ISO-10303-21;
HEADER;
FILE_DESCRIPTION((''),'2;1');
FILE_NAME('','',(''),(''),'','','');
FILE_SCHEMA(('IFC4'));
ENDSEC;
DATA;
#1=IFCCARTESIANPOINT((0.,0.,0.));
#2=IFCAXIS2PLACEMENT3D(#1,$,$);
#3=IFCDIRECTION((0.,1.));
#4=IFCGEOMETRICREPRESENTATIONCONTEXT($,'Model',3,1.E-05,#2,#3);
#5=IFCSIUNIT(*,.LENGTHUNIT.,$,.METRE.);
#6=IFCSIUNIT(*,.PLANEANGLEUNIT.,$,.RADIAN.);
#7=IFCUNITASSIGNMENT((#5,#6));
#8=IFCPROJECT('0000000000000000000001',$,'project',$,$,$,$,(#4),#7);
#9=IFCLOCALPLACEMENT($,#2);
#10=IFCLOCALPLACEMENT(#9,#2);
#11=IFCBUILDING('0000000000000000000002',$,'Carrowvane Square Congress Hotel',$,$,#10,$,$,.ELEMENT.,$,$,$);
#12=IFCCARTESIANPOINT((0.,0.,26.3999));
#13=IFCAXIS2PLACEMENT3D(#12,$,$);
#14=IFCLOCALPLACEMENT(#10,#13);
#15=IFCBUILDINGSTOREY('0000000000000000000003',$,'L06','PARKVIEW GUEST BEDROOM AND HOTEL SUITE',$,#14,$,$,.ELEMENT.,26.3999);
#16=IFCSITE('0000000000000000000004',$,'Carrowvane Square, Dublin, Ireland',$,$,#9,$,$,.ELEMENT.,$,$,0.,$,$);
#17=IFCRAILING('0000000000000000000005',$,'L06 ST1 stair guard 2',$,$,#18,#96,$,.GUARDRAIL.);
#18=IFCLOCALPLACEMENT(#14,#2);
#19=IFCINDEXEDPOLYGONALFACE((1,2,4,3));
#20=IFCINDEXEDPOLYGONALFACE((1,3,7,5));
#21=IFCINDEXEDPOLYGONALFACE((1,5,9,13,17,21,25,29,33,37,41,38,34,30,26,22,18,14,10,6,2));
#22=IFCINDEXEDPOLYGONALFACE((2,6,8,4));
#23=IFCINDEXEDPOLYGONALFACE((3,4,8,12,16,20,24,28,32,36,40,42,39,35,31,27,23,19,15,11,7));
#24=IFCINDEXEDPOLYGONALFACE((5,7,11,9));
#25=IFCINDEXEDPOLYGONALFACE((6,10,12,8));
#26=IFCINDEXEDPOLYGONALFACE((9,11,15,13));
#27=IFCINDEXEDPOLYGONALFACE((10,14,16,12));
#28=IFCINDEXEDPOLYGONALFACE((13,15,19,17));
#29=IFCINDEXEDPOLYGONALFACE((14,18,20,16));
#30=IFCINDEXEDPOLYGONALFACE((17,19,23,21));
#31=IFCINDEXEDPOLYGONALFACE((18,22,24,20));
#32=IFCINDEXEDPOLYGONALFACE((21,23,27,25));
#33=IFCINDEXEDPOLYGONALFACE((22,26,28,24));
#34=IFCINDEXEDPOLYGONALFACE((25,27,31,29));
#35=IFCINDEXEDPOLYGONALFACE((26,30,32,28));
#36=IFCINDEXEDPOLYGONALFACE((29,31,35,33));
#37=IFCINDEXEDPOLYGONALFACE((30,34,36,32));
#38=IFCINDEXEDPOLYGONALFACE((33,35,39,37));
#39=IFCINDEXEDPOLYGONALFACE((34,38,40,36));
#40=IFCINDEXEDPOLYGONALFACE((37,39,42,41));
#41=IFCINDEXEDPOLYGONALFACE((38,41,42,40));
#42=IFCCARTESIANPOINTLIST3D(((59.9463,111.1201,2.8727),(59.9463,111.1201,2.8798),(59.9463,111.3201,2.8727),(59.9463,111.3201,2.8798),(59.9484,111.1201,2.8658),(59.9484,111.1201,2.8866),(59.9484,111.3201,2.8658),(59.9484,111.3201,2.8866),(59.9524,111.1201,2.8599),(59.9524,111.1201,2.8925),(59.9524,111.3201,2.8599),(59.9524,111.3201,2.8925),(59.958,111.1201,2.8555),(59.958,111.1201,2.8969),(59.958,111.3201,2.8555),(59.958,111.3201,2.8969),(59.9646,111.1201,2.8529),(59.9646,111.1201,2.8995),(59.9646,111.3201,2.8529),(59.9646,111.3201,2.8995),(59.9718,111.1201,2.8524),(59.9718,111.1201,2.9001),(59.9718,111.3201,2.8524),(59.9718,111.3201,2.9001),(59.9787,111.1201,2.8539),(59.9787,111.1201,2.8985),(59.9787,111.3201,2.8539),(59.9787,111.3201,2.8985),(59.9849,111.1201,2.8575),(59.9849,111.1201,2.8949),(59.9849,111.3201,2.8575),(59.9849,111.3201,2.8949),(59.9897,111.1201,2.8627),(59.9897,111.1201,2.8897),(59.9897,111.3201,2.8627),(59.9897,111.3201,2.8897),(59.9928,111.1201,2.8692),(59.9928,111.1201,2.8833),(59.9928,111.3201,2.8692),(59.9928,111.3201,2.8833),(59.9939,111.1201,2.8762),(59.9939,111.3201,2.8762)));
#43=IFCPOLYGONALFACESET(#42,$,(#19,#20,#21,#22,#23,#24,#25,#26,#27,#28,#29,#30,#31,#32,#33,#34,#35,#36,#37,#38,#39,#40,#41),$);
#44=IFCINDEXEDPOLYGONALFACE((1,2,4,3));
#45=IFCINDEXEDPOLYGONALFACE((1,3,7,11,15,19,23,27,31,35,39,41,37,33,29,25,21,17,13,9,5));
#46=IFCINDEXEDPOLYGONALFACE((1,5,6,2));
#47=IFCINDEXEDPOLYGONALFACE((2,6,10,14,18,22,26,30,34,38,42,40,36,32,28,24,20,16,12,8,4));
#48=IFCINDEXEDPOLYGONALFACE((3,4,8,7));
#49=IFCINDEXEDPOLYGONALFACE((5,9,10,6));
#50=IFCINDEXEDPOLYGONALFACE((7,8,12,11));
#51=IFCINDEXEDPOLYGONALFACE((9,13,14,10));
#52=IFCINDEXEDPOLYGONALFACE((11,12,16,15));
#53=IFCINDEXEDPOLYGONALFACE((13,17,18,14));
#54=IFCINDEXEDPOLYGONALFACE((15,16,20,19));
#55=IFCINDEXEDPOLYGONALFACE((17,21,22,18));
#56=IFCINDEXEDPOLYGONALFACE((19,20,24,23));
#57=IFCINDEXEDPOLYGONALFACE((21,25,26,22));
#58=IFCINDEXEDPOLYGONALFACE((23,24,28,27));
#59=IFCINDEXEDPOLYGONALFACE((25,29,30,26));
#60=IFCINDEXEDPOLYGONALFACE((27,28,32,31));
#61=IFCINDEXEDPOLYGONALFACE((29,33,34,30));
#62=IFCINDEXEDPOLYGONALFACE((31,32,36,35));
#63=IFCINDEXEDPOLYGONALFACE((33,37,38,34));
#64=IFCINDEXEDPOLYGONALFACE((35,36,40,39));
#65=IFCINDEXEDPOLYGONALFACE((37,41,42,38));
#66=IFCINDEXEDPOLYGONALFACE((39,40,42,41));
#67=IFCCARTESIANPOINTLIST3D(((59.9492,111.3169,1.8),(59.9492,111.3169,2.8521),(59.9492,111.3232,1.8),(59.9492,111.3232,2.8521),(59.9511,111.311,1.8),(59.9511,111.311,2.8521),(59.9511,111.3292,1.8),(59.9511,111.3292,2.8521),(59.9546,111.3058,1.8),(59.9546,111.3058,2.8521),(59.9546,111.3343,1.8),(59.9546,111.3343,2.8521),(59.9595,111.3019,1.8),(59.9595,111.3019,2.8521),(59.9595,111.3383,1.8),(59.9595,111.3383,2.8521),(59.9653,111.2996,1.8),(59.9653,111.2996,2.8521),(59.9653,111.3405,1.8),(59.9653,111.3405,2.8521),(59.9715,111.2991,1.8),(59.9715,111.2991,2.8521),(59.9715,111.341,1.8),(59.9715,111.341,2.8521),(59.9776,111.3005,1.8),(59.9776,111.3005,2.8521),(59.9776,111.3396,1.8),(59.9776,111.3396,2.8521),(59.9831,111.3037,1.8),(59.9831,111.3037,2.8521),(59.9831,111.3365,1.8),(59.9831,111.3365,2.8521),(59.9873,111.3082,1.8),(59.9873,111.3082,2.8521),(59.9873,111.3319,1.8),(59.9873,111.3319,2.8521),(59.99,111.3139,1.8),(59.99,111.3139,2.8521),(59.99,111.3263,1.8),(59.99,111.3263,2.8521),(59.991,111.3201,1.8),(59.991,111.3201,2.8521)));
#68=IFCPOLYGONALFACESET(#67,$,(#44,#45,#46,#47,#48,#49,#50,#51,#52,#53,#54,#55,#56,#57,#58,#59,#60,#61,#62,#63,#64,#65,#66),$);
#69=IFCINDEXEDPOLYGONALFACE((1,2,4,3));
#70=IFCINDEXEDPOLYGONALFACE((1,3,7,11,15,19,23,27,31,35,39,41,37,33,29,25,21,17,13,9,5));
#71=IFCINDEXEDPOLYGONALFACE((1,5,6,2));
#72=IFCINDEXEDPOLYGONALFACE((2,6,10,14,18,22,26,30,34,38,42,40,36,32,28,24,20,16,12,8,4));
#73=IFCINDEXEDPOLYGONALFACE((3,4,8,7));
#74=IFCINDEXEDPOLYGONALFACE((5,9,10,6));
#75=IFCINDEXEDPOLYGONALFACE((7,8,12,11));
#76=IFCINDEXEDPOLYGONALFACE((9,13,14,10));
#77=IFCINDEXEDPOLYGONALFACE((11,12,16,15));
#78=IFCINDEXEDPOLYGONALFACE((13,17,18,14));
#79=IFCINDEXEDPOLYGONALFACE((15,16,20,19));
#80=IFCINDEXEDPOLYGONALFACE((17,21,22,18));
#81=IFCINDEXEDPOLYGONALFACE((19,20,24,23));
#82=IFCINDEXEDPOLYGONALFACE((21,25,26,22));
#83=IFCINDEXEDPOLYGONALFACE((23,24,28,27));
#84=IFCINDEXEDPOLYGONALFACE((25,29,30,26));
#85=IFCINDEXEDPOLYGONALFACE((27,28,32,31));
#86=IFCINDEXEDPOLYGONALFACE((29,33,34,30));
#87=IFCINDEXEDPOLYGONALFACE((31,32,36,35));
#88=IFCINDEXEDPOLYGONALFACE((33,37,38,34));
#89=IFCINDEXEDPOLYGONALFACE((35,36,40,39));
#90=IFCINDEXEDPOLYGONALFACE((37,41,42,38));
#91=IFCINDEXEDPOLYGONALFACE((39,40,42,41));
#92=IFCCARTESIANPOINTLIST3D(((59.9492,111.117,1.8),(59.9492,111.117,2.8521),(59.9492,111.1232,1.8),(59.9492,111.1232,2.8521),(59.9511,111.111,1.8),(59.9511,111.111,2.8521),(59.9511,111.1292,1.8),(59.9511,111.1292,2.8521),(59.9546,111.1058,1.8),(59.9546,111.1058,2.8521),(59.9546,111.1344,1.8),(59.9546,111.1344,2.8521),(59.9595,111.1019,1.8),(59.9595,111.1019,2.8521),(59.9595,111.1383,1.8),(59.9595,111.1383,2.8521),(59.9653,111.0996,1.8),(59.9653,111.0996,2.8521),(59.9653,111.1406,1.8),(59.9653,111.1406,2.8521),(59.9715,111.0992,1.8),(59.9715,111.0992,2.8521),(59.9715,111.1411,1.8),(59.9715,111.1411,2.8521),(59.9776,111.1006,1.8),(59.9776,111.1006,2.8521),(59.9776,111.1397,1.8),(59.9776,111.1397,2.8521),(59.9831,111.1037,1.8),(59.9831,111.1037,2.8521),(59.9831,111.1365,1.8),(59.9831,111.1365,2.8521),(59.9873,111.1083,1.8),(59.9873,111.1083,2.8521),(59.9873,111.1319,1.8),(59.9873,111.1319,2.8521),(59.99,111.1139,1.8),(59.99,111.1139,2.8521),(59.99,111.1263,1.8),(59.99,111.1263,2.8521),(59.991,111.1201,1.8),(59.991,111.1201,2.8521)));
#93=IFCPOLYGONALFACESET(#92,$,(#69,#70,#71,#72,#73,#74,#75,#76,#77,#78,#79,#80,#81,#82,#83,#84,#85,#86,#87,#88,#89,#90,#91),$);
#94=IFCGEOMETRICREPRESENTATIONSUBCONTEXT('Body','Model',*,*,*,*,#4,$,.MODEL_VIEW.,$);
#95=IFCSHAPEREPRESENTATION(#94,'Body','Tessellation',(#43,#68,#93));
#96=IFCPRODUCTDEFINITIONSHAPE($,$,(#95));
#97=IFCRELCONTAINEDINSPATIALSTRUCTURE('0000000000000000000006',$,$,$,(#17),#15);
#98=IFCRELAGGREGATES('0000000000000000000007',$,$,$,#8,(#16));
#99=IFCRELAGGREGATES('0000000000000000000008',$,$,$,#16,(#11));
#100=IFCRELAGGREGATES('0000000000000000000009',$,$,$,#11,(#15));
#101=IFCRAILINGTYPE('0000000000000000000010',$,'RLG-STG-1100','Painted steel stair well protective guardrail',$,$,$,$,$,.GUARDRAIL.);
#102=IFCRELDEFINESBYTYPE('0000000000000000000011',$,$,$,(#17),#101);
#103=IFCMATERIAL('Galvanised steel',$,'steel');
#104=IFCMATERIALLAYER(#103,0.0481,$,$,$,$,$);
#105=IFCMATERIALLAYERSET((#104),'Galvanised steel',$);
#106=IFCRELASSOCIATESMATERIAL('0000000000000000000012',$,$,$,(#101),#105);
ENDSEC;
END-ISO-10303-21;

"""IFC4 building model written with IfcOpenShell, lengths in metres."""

from ifc_helpers import new_model, si_unit, direction, frame, origin, origin_2d, place, context, subcontext, project, spatial, circle, extrude, material, layer, layer_set, type_object, element, save


model = new_model("IFC4")

# Units and contexts
model_context = context("Model", 3, precision=1e-05, world=origin(), true_north=direction((0.0, 1.0)))
body_context = subcontext(model_context, "Body", "Model", "MODEL_VIEW")
ifc_project = project(units=[si_unit("LENGTHUNIT", "METRE"), si_unit("PLANEANGLEUNIT", "RADIAN")], contexts=[model_context])

# Site, building, storey
site_placement = place(None, origin())
site = spatial("IfcSite", under=ifc_project, at=site_placement, Name="Carrowvane Square, Dublin, Ireland", CompositionType="ELEMENT", RefElevation=0.0)
building_placement = place(site_placement, origin())
building = spatial("IfcBuilding", under=site, at=building_placement, Name="Carrowvane Square Congress Hotel", CompositionType="ELEMENT")
storey_placement = place(building_placement, frame((0.0, 0.0, 26.3999)))
storey = spatial("IfcBuildingStorey", under=building, at=storey_placement, Name="L06", Description="PARKVIEW GUEST BEDROOM AND HOTEL SUITE", CompositionType="ELEMENT", Elevation=26.3999)

# Railing
ifc_material_1 = material(Name="Galvanised steel", Category="steel")
ifc_layer_1 = layer(ifc_material_1, 0.0481)
ifc_layer_set_1 = layer_set([ifc_layer_1], Name="Galvanised steel")
railing_type_1 = type_object("IfcRailingType", Name="RLG-STG-1100", Description="Painted steel stair well protective guardrail", PredefinedType="GUARDRAIL", material=ifc_layer_set_1)
railing_1_placement = place(storey_placement, frame((59.97, 111.3201, 1.8)))
element("IfcRailing", 1, at=railing_1_placement, inside=storey, type_object=railing_type_1, Name="L06 ST1 stair guard 2", PredefinedType="GUARDRAIL", context=body_context, shape_type="SweptSolid", body=[
    extrude(circle(Radius=0.0239, at=origin_2d()), frame((0.0, 0.0, 1.0762), z_axis=(0.0, -1.0, 0.0), x_axis=(1.0, 0.0, 0.0)), (0.0, 0.0, 1.0), 0.2),
    extrude(circle(Radius=0.021, at=origin_2d()), origin(), (0.0, 0.0, 1.0), 1.052),
    extrude(circle(Radius=0.021, at=origin_2d()), frame((0.0, -0.2, 0.0)), (0.0, 0.0, 1.0), 1.052),
])

save(model, "model.ifc")
